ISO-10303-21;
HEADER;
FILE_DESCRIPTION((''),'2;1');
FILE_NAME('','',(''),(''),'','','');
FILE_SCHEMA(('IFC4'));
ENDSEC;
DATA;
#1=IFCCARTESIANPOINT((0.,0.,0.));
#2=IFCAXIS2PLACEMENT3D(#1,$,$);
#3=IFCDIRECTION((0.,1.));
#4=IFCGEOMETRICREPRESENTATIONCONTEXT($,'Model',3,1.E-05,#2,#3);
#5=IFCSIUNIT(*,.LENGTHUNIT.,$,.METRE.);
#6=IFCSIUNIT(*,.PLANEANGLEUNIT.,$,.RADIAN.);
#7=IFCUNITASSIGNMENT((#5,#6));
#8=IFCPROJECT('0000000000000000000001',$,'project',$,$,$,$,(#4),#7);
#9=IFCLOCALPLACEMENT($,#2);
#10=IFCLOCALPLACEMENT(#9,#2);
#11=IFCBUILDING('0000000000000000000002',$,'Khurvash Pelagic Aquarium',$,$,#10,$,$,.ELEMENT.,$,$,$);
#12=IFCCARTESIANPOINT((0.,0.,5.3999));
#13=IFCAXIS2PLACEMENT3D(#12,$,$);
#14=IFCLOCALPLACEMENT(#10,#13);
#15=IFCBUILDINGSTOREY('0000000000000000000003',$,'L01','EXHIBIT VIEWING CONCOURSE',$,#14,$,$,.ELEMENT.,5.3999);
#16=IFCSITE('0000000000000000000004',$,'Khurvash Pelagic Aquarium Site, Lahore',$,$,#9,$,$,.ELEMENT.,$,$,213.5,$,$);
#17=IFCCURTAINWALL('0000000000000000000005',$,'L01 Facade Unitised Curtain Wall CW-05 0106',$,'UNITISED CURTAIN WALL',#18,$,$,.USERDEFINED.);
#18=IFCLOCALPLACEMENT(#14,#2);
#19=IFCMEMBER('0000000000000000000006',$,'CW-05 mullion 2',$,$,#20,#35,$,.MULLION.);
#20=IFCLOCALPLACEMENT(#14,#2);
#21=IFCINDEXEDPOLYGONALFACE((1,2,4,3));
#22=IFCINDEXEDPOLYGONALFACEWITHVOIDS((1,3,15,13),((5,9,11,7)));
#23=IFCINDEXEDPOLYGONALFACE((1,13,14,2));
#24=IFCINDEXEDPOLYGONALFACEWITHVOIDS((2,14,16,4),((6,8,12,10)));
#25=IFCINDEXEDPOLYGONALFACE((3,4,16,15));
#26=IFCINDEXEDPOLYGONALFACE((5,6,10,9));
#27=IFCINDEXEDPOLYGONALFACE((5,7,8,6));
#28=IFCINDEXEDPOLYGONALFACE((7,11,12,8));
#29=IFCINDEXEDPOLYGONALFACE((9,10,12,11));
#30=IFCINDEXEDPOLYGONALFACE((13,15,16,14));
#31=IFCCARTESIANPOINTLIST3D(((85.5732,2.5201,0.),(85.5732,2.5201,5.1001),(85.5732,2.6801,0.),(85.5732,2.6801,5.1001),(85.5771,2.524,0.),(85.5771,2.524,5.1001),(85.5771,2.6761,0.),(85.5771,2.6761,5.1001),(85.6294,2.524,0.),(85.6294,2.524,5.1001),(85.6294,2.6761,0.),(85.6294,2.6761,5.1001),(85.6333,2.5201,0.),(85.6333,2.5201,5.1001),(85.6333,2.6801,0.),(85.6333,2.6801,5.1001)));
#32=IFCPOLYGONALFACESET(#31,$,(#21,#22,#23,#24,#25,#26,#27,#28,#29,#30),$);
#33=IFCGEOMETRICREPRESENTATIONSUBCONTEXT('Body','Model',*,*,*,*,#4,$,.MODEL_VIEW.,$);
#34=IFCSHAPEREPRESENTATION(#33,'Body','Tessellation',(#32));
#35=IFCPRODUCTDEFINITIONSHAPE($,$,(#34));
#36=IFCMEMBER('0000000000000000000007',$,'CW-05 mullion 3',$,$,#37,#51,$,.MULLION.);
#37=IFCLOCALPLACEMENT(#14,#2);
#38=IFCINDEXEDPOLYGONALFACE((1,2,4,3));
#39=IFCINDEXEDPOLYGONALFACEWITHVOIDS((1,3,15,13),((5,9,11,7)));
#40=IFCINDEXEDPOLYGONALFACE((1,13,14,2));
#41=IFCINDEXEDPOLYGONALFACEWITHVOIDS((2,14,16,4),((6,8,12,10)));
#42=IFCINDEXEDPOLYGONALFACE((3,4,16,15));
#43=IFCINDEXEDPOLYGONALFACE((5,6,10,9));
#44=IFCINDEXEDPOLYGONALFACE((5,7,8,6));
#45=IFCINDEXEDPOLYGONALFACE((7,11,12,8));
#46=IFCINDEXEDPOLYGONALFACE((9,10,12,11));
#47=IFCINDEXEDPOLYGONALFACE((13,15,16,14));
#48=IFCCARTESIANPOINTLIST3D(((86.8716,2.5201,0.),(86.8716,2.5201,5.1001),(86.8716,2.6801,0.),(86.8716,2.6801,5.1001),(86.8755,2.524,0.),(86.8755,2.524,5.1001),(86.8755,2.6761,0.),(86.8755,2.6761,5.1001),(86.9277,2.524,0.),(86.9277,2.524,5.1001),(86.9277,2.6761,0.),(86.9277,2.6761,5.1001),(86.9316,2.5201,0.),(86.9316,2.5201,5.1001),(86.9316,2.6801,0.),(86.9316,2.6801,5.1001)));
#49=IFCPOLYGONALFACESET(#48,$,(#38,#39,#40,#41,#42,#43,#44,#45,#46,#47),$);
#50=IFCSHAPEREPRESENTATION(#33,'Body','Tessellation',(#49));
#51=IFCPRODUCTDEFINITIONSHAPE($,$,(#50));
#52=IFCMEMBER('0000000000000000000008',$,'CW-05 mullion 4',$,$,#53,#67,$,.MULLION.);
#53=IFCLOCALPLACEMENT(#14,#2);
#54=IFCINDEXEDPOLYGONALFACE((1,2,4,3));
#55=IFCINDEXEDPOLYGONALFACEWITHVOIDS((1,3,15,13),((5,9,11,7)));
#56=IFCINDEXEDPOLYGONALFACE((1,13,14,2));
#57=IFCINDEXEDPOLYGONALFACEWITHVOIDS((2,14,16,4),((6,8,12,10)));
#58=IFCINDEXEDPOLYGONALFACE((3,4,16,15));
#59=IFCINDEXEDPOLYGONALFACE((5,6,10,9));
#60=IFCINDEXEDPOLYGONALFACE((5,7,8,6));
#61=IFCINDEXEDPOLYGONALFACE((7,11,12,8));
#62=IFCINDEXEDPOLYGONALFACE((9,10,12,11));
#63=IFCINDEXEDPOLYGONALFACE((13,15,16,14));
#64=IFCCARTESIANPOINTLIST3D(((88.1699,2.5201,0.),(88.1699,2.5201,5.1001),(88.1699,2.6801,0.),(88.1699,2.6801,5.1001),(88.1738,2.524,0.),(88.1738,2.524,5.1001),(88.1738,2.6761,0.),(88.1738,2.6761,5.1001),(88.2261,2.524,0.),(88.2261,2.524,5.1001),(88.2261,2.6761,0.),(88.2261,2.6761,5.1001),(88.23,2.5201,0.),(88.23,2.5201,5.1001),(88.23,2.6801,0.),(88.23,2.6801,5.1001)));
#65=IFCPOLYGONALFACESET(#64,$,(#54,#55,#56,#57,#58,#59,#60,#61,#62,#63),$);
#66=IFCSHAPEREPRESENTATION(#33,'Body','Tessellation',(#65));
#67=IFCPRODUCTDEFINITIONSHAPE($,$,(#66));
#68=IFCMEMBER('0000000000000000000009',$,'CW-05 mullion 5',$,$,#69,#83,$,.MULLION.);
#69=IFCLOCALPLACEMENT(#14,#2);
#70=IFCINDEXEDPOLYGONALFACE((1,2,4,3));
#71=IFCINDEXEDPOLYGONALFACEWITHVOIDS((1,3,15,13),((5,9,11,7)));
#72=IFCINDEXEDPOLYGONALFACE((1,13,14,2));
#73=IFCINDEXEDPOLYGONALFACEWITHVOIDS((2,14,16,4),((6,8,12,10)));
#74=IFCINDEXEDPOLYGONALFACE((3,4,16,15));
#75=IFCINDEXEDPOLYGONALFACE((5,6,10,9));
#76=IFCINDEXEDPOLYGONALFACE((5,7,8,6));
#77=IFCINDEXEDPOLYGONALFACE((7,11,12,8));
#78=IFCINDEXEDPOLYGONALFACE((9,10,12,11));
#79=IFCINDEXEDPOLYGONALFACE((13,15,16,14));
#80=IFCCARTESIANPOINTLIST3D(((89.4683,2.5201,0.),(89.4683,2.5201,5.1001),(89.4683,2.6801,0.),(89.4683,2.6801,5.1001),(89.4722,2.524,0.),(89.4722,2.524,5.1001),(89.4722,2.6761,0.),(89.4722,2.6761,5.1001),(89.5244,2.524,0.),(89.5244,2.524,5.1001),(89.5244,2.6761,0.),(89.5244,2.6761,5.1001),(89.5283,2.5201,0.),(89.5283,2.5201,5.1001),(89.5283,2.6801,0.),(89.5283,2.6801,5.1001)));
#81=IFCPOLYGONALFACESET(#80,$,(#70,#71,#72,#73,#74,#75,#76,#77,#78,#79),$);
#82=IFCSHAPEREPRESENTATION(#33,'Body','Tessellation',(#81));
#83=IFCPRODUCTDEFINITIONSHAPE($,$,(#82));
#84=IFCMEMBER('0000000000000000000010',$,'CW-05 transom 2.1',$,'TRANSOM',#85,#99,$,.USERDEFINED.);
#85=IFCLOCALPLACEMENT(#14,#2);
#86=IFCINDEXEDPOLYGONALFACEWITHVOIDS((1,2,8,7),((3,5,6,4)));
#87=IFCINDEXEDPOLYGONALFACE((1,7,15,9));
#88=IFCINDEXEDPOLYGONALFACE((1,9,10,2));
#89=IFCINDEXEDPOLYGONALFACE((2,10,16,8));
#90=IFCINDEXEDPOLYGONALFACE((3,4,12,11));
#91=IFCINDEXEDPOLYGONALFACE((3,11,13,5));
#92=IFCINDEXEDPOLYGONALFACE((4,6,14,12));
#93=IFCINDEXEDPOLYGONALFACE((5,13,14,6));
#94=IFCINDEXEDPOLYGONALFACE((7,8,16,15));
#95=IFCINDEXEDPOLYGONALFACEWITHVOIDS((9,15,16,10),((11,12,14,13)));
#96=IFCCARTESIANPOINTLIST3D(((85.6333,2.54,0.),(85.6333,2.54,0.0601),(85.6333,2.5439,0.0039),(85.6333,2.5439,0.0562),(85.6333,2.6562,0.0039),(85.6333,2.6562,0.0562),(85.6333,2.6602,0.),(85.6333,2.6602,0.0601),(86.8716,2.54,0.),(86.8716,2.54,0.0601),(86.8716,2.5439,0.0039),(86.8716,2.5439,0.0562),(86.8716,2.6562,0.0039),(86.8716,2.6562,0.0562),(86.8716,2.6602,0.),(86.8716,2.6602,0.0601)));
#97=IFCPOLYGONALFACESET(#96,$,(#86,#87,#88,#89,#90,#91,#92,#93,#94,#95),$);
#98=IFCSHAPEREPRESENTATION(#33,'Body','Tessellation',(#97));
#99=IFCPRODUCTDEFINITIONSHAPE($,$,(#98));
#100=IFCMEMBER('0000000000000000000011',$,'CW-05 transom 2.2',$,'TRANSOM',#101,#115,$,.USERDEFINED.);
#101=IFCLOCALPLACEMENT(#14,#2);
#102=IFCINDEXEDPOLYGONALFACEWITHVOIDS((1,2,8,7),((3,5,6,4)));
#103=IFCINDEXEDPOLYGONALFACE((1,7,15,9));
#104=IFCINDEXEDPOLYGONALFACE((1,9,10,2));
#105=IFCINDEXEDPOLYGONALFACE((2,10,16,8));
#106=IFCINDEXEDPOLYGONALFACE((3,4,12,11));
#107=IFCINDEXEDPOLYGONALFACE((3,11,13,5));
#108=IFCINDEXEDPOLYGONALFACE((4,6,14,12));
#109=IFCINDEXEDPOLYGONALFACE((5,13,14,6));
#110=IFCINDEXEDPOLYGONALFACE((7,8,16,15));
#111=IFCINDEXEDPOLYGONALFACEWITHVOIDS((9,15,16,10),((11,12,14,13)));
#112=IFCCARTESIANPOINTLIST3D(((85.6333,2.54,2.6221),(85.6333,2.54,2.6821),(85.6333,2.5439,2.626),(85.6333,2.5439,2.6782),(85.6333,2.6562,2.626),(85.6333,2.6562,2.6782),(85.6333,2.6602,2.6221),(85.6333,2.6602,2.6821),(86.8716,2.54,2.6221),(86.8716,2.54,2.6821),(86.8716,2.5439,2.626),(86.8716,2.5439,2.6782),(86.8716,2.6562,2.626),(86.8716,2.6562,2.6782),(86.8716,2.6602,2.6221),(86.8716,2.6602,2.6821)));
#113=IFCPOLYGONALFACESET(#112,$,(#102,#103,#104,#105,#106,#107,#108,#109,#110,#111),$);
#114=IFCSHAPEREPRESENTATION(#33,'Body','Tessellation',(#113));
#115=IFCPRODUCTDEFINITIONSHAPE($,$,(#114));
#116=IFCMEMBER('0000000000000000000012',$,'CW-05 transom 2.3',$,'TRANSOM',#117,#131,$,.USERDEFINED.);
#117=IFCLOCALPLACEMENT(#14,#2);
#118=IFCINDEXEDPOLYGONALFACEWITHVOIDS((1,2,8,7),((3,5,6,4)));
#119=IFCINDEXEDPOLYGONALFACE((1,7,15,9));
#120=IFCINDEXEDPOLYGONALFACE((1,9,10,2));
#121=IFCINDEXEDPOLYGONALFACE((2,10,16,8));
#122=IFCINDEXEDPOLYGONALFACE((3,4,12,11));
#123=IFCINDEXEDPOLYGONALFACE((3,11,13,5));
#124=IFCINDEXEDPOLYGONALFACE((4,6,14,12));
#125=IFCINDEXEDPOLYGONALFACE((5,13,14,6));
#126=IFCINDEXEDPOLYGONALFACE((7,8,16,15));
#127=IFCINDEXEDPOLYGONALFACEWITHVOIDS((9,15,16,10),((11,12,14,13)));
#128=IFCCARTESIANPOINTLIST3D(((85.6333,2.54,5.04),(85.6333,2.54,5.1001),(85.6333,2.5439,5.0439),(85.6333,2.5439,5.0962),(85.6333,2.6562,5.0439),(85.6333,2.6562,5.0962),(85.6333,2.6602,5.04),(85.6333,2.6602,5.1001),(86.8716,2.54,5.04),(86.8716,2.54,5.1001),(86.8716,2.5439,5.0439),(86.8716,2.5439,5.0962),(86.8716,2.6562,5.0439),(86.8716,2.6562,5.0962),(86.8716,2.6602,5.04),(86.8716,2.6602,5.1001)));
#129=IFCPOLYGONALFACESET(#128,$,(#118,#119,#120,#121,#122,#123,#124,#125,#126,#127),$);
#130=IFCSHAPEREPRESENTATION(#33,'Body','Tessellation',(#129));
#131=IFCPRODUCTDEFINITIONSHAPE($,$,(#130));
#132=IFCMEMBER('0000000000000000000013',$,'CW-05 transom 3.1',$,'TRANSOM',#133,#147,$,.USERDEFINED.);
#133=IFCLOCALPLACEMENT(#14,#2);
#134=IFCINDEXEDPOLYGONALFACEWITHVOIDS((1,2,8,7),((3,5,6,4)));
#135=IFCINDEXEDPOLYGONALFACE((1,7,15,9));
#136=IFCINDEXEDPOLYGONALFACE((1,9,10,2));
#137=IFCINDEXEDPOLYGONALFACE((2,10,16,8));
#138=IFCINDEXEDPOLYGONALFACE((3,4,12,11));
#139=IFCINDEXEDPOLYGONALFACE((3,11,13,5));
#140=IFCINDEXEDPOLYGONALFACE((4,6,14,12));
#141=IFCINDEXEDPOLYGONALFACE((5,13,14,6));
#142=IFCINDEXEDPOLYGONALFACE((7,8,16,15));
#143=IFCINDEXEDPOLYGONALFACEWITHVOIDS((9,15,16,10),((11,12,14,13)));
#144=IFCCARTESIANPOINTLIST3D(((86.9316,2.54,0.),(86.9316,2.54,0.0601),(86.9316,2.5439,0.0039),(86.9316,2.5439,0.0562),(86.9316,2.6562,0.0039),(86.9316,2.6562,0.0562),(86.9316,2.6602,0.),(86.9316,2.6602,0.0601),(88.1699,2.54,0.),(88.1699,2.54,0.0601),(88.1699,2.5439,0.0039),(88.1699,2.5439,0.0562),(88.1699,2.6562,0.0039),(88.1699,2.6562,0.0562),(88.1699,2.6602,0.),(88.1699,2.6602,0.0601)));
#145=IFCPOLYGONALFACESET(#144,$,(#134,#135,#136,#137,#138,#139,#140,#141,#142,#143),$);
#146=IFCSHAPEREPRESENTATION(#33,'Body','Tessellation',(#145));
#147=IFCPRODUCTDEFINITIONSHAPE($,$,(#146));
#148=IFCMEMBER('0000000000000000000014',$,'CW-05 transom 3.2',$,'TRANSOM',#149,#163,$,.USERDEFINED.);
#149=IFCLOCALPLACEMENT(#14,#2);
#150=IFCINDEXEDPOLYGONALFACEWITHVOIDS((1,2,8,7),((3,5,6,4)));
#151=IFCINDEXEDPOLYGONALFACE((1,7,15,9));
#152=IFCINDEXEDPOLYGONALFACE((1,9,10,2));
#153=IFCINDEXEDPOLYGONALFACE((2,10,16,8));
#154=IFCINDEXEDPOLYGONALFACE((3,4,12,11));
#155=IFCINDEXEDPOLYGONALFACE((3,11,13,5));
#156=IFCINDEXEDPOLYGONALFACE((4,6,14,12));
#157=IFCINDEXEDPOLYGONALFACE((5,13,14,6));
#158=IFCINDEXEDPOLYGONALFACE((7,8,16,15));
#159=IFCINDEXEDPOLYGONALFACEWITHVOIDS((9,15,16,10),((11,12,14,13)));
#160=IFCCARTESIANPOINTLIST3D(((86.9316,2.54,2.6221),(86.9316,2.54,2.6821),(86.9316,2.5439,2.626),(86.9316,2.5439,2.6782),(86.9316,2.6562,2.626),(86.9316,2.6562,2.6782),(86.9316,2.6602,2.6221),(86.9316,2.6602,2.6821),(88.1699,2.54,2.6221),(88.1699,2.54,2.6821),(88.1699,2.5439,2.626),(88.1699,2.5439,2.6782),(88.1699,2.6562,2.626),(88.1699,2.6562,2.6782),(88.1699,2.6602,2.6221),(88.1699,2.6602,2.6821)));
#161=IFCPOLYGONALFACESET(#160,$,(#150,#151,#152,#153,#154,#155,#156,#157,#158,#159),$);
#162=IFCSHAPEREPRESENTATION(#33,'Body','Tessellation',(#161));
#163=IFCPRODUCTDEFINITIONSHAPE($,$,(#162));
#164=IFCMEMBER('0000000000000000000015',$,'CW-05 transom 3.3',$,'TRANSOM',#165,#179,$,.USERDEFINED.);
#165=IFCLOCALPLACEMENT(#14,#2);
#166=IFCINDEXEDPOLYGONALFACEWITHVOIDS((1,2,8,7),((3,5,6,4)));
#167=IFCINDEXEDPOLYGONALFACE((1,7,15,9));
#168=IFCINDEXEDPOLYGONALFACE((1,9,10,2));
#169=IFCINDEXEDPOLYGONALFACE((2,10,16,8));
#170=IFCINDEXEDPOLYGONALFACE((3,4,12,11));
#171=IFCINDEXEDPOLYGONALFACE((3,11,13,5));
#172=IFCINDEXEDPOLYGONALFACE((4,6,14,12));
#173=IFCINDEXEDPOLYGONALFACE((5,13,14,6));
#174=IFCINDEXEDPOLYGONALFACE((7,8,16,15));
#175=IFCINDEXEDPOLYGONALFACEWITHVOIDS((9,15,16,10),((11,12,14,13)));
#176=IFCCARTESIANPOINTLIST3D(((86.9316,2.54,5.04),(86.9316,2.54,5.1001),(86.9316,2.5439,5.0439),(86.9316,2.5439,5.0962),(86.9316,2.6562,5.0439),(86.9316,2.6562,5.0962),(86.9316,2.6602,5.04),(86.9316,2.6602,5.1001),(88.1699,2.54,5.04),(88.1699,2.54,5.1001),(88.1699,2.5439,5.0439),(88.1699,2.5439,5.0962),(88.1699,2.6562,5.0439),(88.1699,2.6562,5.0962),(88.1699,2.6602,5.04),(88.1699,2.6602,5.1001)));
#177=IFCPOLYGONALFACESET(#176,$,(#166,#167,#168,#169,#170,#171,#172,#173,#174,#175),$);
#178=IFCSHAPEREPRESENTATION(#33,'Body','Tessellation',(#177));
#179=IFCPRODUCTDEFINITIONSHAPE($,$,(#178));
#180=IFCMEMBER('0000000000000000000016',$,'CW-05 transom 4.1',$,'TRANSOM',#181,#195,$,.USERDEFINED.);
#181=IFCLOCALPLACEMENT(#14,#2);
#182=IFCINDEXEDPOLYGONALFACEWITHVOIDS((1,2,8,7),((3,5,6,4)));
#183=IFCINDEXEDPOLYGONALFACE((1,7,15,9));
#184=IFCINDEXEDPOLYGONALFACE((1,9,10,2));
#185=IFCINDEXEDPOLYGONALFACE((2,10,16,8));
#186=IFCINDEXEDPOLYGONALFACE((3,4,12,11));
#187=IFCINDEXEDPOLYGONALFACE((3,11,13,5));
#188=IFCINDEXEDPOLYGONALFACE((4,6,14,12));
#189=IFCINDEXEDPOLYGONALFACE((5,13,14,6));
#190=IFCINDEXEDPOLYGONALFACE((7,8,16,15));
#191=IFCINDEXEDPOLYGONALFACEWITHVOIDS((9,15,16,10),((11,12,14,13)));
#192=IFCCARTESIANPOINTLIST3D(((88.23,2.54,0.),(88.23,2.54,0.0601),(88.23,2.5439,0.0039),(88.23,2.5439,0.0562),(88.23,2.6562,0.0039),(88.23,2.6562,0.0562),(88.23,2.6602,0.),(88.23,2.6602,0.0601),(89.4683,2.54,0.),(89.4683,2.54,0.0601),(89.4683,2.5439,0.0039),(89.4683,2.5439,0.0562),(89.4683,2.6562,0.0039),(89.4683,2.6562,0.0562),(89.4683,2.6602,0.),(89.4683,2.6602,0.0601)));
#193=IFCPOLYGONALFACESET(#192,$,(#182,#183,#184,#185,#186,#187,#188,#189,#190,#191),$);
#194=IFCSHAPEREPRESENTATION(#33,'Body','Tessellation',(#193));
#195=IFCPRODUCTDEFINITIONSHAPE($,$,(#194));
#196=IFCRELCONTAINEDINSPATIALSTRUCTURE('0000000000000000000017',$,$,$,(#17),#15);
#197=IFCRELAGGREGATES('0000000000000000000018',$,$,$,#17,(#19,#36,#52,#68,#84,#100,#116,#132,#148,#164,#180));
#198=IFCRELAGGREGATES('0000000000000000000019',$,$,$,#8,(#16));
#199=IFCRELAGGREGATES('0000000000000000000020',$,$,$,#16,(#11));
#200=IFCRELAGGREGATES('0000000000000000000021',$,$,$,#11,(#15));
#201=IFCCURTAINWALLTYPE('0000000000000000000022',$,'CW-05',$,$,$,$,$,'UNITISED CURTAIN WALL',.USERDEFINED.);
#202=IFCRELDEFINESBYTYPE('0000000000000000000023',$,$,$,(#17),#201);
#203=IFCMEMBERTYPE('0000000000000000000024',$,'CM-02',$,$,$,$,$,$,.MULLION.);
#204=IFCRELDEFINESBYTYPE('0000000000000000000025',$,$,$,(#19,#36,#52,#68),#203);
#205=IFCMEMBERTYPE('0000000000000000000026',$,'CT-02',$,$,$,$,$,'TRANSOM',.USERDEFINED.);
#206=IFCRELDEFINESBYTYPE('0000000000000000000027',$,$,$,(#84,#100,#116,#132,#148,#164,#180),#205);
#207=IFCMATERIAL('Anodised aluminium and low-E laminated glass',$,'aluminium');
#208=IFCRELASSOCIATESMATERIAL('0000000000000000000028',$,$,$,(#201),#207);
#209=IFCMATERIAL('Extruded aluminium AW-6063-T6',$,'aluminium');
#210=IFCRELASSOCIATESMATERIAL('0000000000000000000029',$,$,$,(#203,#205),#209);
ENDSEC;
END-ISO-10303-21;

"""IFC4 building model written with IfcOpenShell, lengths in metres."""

from ifc_helpers import new_model, si_unit, direction, frame, origin, origin_2d, place, context, subcontext, project, spatial, hollow_rectangle, extrude, material, material_profile, profile_set, type_object, element, aggregate, save


model = new_model("IFC4")

# Units and contexts
model_context = context("Model", 3, precision=1e-05, world=origin(), true_north=direction((0.0, 1.0)))
body_context = subcontext(model_context, "Body", "Model", "MODEL_VIEW")
ifc_project = project(units=[si_unit("LENGTHUNIT", "METRE"), si_unit("PLANEANGLEUNIT", "RADIAN")], contexts=[model_context])

# Site, building, storey
site_placement = place(None, origin())
site = spatial("IfcSite", under=ifc_project, at=site_placement, Name="Khurvash Pelagic Aquarium Site, Lahore", CompositionType="ELEMENT", RefElevation=213.5)
building_placement = place(site_placement, origin())
building = spatial("IfcBuilding", under=site, at=building_placement, Name="Khurvash Pelagic Aquarium", CompositionType="ELEMENT")
storey_placement = place(building_placement, frame((0.0, 0.0, 5.3999)))
storey = spatial("IfcBuildingStorey", under=building, at=storey_placement, Name="L01", Description="EXHIBIT VIEWING CONCOURSE", CompositionType="ELEMENT", Elevation=5.3999)

# Curtain wall, members
ifc_material_1 = material(Name="Anodised aluminium and low-E laminated glass", Category="aluminium")
curtain_wall_type = type_object("IfcCurtainWallType", Name="CW-05", ElementType="UNITISED CURTAIN WALL", PredefinedType="USERDEFINED", material=ifc_material_1)
curtain_wall_placement = place(storey_placement, origin())
curtain_wall = element("IfcCurtainWall", 1, at=curtain_wall_placement, inside=storey, type_object=curtain_wall_type, Name="L01 Facade Unitised Curtain Wall CW-05 0106", ObjectType="UNITISED CURTAIN WALL", PredefinedType="USERDEFINED")
ifc_material_2 = material(Name="Extruded aluminium AW-6063-T6", Category="aluminium")
ifc_material_profile_1 = material_profile(ifc_material_2, hollow_rectangle(XDim=0.0601, YDim=0.1599, WallThickness=0.0039, at=origin_2d()), Name="CWM60X160X4")
ifc_profile_set_1 = profile_set([ifc_material_profile_1], Name="Extruded aluminium AW-6063-T6")
member_type_1 = type_object("IfcMemberType", Name="CM-02", PredefinedType="MULLION", material=ifc_profile_set_1)
member_1_placement = place(storey_placement, frame((85.6033, 2.6001, 0.0), z_axis=(0.0, 0.0, 1.0), x_axis=(1.0, 0.0, 0.0)))
member_1 = element("IfcMember", 2, at=member_1_placement, type_object=member_type_1, Name="CW-05 mullion 2", PredefinedType="MULLION", context=body_context, shape_type="SweptSolid", body=[
    extrude(hollow_rectangle(XDim=0.0601, YDim=0.1599, WallThickness=0.0039, at=origin_2d()), origin(), (0.0, 0.0, 1.0), 5.1001),
])
member_2_placement = place(storey_placement, frame((86.9016, 2.6001, 0.0), z_axis=(0.0, 0.0, 1.0), x_axis=(1.0, 0.0, 0.0)))
member_2 = element("IfcMember", 3, at=member_2_placement, type_object=member_type_1, Name="CW-05 mullion 3", PredefinedType="MULLION", context=body_context, shape_type="SweptSolid", body=[
    extrude(hollow_rectangle(XDim=0.0601, YDim=0.1599, WallThickness=0.0039, at=origin_2d()), origin(), (0.0, 0.0, 1.0), 5.1001),
])
member_3_placement = place(storey_placement, frame((88.2, 2.6001, 0.0), z_axis=(0.0, 0.0, 1.0), x_axis=(1.0, 0.0, 0.0)))
member_3 = element("IfcMember", 4, at=member_3_placement, type_object=member_type_1, Name="CW-05 mullion 4", PredefinedType="MULLION", context=body_context, shape_type="SweptSolid", body=[
    extrude(hollow_rectangle(XDim=0.0601, YDim=0.1599, WallThickness=0.0039, at=origin_2d()), origin(), (0.0, 0.0, 1.0), 5.1001),
])
member_4_placement = place(storey_placement, frame((89.4983, 2.6001, 0.0), z_axis=(0.0, 0.0, 1.0), x_axis=(1.0, 0.0, 0.0)))
member_4 = element("IfcMember", 5, at=member_4_placement, type_object=member_type_1, Name="CW-05 mullion 5", PredefinedType="MULLION", context=body_context, shape_type="SweptSolid", body=[
    extrude(hollow_rectangle(XDim=0.0601, YDim=0.1599, WallThickness=0.0039, at=origin_2d()), origin(), (0.0, 0.0, 1.0), 5.1001),
])
ifc_material_profile_2 = material_profile(ifc_material_2, hollow_rectangle(XDim=0.1201, YDim=0.0601, WallThickness=0.0039, at=origin_2d()), Name="CWT120X60X4")
ifc_profile_set_2 = profile_set([ifc_material_profile_2], Name="Extruded aluminium AW-6063-T6")
member_type_2 = type_object("IfcMemberType", Name="CT-02", ElementType="TRANSOM", PredefinedType="USERDEFINED", material=ifc_profile_set_2)
member_5_placement = place(storey_placement, frame((85.6333, 2.6001, 0.03), z_axis=(1.0, 0.0, 0.0), x_axis=(0.0, 1.0, 0.0)))
member_5 = element("IfcMember", 6, at=member_5_placement, type_object=member_type_2, Name="CW-05 transom 2.1", ObjectType="TRANSOM", PredefinedType="USERDEFINED", context=body_context, shape_type="SweptSolid", body=[
    extrude(hollow_rectangle(XDim=0.1201, YDim=0.0601, WallThickness=0.0039, at=origin_2d()), origin(), (0.0, 0.0, 1.0), 1.2383),
])
member_6_placement = place(storey_placement, frame((85.6333, 2.6001, 2.6521), z_axis=(1.0, 0.0, 0.0), x_axis=(0.0, 1.0, 0.0)))
member_6 = element("IfcMember", 7, at=member_6_placement, type_object=member_type_2, Name="CW-05 transom 2.2", ObjectType="TRANSOM", PredefinedType="USERDEFINED", context=body_context, shape_type="SweptSolid", body=[
    extrude(hollow_rectangle(XDim=0.1201, YDim=0.0601, WallThickness=0.0039, at=origin_2d()), origin(), (0.0, 0.0, 1.0), 1.2383),
])
member_7_placement = place(storey_placement, frame((85.6333, 2.6001, 5.0701), z_axis=(1.0, 0.0, 0.0), x_axis=(0.0, 1.0, 0.0)))
member_7 = element("IfcMember", 8, at=member_7_placement, type_object=member_type_2, Name="CW-05 transom 2.3", ObjectType="TRANSOM", PredefinedType="USERDEFINED", context=body_context, shape_type="SweptSolid", body=[
    extrude(hollow_rectangle(XDim=0.1201, YDim=0.0601, WallThickness=0.0039, at=origin_2d()), origin(), (0.0, 0.0, 1.0), 1.2383),
])
member_8_placement = place(storey_placement, frame((86.9316, 2.6001, 0.03), z_axis=(1.0, 0.0, 0.0), x_axis=(0.0, 1.0, 0.0)))
member_8 = element("IfcMember", 9, at=member_8_placement, type_object=member_type_2, Name="CW-05 transom 3.1", ObjectType="TRANSOM", PredefinedType="USERDEFINED", context=body_context, shape_type="SweptSolid", body=[
    extrude(hollow_rectangle(XDim=0.1201, YDim=0.0601, WallThickness=0.0039, at=origin_2d()), origin(), (0.0, 0.0, 1.0), 1.2383),
])
member_9_placement = place(storey_placement, frame((86.9316, 2.6001, 2.6521), z_axis=(1.0, 0.0, 0.0), x_axis=(0.0, 1.0, 0.0)))
member_9 = element("IfcMember", 10, at=member_9_placement, type_object=member_type_2, Name="CW-05 transom 3.2", ObjectType="TRANSOM", PredefinedType="USERDEFINED", context=body_context, shape_type="SweptSolid", body=[
    extrude(hollow_rectangle(XDim=0.1201, YDim=0.0601, WallThickness=0.0039, at=origin_2d()), origin(), (0.0, 0.0, 1.0), 1.2383),
])
member_10_placement = place(storey_placement, frame((86.9316, 2.6001, 5.0701), z_axis=(1.0, 0.0, 0.0), x_axis=(0.0, 1.0, 0.0)))
member_10 = element("IfcMember", 11, at=member_10_placement, type_object=member_type_2, Name="CW-05 transom 3.3", ObjectType="TRANSOM", PredefinedType="USERDEFINED", context=body_context, shape_type="SweptSolid", body=[
    extrude(hollow_rectangle(XDim=0.1201, YDim=0.0601, WallThickness=0.0039, at=origin_2d()), origin(), (0.0, 0.0, 1.0), 1.2383),
])
member_11_placement = place(storey_placement, frame((88.23, 2.6001, 0.03), z_axis=(1.0, 0.0, 0.0), x_axis=(0.0, 1.0, 0.0)))
member_11 = element("IfcMember", 12, at=member_11_placement, type_object=member_type_2, Name="CW-05 transom 4.1", ObjectType="TRANSOM", PredefinedType="USERDEFINED", context=body_context, shape_type="SweptSolid", body=[
    extrude(hollow_rectangle(XDim=0.1201, YDim=0.0601, WallThickness=0.0039, at=origin_2d()), origin(), (0.0, 0.0, 1.0), 1.2383),
])
aggregate(curtain_wall, [member_1, member_2, member_3, member_4, member_5, member_6, member_7, member_8, member_9, member_10, member_11])

save(model, "model.ifc")
